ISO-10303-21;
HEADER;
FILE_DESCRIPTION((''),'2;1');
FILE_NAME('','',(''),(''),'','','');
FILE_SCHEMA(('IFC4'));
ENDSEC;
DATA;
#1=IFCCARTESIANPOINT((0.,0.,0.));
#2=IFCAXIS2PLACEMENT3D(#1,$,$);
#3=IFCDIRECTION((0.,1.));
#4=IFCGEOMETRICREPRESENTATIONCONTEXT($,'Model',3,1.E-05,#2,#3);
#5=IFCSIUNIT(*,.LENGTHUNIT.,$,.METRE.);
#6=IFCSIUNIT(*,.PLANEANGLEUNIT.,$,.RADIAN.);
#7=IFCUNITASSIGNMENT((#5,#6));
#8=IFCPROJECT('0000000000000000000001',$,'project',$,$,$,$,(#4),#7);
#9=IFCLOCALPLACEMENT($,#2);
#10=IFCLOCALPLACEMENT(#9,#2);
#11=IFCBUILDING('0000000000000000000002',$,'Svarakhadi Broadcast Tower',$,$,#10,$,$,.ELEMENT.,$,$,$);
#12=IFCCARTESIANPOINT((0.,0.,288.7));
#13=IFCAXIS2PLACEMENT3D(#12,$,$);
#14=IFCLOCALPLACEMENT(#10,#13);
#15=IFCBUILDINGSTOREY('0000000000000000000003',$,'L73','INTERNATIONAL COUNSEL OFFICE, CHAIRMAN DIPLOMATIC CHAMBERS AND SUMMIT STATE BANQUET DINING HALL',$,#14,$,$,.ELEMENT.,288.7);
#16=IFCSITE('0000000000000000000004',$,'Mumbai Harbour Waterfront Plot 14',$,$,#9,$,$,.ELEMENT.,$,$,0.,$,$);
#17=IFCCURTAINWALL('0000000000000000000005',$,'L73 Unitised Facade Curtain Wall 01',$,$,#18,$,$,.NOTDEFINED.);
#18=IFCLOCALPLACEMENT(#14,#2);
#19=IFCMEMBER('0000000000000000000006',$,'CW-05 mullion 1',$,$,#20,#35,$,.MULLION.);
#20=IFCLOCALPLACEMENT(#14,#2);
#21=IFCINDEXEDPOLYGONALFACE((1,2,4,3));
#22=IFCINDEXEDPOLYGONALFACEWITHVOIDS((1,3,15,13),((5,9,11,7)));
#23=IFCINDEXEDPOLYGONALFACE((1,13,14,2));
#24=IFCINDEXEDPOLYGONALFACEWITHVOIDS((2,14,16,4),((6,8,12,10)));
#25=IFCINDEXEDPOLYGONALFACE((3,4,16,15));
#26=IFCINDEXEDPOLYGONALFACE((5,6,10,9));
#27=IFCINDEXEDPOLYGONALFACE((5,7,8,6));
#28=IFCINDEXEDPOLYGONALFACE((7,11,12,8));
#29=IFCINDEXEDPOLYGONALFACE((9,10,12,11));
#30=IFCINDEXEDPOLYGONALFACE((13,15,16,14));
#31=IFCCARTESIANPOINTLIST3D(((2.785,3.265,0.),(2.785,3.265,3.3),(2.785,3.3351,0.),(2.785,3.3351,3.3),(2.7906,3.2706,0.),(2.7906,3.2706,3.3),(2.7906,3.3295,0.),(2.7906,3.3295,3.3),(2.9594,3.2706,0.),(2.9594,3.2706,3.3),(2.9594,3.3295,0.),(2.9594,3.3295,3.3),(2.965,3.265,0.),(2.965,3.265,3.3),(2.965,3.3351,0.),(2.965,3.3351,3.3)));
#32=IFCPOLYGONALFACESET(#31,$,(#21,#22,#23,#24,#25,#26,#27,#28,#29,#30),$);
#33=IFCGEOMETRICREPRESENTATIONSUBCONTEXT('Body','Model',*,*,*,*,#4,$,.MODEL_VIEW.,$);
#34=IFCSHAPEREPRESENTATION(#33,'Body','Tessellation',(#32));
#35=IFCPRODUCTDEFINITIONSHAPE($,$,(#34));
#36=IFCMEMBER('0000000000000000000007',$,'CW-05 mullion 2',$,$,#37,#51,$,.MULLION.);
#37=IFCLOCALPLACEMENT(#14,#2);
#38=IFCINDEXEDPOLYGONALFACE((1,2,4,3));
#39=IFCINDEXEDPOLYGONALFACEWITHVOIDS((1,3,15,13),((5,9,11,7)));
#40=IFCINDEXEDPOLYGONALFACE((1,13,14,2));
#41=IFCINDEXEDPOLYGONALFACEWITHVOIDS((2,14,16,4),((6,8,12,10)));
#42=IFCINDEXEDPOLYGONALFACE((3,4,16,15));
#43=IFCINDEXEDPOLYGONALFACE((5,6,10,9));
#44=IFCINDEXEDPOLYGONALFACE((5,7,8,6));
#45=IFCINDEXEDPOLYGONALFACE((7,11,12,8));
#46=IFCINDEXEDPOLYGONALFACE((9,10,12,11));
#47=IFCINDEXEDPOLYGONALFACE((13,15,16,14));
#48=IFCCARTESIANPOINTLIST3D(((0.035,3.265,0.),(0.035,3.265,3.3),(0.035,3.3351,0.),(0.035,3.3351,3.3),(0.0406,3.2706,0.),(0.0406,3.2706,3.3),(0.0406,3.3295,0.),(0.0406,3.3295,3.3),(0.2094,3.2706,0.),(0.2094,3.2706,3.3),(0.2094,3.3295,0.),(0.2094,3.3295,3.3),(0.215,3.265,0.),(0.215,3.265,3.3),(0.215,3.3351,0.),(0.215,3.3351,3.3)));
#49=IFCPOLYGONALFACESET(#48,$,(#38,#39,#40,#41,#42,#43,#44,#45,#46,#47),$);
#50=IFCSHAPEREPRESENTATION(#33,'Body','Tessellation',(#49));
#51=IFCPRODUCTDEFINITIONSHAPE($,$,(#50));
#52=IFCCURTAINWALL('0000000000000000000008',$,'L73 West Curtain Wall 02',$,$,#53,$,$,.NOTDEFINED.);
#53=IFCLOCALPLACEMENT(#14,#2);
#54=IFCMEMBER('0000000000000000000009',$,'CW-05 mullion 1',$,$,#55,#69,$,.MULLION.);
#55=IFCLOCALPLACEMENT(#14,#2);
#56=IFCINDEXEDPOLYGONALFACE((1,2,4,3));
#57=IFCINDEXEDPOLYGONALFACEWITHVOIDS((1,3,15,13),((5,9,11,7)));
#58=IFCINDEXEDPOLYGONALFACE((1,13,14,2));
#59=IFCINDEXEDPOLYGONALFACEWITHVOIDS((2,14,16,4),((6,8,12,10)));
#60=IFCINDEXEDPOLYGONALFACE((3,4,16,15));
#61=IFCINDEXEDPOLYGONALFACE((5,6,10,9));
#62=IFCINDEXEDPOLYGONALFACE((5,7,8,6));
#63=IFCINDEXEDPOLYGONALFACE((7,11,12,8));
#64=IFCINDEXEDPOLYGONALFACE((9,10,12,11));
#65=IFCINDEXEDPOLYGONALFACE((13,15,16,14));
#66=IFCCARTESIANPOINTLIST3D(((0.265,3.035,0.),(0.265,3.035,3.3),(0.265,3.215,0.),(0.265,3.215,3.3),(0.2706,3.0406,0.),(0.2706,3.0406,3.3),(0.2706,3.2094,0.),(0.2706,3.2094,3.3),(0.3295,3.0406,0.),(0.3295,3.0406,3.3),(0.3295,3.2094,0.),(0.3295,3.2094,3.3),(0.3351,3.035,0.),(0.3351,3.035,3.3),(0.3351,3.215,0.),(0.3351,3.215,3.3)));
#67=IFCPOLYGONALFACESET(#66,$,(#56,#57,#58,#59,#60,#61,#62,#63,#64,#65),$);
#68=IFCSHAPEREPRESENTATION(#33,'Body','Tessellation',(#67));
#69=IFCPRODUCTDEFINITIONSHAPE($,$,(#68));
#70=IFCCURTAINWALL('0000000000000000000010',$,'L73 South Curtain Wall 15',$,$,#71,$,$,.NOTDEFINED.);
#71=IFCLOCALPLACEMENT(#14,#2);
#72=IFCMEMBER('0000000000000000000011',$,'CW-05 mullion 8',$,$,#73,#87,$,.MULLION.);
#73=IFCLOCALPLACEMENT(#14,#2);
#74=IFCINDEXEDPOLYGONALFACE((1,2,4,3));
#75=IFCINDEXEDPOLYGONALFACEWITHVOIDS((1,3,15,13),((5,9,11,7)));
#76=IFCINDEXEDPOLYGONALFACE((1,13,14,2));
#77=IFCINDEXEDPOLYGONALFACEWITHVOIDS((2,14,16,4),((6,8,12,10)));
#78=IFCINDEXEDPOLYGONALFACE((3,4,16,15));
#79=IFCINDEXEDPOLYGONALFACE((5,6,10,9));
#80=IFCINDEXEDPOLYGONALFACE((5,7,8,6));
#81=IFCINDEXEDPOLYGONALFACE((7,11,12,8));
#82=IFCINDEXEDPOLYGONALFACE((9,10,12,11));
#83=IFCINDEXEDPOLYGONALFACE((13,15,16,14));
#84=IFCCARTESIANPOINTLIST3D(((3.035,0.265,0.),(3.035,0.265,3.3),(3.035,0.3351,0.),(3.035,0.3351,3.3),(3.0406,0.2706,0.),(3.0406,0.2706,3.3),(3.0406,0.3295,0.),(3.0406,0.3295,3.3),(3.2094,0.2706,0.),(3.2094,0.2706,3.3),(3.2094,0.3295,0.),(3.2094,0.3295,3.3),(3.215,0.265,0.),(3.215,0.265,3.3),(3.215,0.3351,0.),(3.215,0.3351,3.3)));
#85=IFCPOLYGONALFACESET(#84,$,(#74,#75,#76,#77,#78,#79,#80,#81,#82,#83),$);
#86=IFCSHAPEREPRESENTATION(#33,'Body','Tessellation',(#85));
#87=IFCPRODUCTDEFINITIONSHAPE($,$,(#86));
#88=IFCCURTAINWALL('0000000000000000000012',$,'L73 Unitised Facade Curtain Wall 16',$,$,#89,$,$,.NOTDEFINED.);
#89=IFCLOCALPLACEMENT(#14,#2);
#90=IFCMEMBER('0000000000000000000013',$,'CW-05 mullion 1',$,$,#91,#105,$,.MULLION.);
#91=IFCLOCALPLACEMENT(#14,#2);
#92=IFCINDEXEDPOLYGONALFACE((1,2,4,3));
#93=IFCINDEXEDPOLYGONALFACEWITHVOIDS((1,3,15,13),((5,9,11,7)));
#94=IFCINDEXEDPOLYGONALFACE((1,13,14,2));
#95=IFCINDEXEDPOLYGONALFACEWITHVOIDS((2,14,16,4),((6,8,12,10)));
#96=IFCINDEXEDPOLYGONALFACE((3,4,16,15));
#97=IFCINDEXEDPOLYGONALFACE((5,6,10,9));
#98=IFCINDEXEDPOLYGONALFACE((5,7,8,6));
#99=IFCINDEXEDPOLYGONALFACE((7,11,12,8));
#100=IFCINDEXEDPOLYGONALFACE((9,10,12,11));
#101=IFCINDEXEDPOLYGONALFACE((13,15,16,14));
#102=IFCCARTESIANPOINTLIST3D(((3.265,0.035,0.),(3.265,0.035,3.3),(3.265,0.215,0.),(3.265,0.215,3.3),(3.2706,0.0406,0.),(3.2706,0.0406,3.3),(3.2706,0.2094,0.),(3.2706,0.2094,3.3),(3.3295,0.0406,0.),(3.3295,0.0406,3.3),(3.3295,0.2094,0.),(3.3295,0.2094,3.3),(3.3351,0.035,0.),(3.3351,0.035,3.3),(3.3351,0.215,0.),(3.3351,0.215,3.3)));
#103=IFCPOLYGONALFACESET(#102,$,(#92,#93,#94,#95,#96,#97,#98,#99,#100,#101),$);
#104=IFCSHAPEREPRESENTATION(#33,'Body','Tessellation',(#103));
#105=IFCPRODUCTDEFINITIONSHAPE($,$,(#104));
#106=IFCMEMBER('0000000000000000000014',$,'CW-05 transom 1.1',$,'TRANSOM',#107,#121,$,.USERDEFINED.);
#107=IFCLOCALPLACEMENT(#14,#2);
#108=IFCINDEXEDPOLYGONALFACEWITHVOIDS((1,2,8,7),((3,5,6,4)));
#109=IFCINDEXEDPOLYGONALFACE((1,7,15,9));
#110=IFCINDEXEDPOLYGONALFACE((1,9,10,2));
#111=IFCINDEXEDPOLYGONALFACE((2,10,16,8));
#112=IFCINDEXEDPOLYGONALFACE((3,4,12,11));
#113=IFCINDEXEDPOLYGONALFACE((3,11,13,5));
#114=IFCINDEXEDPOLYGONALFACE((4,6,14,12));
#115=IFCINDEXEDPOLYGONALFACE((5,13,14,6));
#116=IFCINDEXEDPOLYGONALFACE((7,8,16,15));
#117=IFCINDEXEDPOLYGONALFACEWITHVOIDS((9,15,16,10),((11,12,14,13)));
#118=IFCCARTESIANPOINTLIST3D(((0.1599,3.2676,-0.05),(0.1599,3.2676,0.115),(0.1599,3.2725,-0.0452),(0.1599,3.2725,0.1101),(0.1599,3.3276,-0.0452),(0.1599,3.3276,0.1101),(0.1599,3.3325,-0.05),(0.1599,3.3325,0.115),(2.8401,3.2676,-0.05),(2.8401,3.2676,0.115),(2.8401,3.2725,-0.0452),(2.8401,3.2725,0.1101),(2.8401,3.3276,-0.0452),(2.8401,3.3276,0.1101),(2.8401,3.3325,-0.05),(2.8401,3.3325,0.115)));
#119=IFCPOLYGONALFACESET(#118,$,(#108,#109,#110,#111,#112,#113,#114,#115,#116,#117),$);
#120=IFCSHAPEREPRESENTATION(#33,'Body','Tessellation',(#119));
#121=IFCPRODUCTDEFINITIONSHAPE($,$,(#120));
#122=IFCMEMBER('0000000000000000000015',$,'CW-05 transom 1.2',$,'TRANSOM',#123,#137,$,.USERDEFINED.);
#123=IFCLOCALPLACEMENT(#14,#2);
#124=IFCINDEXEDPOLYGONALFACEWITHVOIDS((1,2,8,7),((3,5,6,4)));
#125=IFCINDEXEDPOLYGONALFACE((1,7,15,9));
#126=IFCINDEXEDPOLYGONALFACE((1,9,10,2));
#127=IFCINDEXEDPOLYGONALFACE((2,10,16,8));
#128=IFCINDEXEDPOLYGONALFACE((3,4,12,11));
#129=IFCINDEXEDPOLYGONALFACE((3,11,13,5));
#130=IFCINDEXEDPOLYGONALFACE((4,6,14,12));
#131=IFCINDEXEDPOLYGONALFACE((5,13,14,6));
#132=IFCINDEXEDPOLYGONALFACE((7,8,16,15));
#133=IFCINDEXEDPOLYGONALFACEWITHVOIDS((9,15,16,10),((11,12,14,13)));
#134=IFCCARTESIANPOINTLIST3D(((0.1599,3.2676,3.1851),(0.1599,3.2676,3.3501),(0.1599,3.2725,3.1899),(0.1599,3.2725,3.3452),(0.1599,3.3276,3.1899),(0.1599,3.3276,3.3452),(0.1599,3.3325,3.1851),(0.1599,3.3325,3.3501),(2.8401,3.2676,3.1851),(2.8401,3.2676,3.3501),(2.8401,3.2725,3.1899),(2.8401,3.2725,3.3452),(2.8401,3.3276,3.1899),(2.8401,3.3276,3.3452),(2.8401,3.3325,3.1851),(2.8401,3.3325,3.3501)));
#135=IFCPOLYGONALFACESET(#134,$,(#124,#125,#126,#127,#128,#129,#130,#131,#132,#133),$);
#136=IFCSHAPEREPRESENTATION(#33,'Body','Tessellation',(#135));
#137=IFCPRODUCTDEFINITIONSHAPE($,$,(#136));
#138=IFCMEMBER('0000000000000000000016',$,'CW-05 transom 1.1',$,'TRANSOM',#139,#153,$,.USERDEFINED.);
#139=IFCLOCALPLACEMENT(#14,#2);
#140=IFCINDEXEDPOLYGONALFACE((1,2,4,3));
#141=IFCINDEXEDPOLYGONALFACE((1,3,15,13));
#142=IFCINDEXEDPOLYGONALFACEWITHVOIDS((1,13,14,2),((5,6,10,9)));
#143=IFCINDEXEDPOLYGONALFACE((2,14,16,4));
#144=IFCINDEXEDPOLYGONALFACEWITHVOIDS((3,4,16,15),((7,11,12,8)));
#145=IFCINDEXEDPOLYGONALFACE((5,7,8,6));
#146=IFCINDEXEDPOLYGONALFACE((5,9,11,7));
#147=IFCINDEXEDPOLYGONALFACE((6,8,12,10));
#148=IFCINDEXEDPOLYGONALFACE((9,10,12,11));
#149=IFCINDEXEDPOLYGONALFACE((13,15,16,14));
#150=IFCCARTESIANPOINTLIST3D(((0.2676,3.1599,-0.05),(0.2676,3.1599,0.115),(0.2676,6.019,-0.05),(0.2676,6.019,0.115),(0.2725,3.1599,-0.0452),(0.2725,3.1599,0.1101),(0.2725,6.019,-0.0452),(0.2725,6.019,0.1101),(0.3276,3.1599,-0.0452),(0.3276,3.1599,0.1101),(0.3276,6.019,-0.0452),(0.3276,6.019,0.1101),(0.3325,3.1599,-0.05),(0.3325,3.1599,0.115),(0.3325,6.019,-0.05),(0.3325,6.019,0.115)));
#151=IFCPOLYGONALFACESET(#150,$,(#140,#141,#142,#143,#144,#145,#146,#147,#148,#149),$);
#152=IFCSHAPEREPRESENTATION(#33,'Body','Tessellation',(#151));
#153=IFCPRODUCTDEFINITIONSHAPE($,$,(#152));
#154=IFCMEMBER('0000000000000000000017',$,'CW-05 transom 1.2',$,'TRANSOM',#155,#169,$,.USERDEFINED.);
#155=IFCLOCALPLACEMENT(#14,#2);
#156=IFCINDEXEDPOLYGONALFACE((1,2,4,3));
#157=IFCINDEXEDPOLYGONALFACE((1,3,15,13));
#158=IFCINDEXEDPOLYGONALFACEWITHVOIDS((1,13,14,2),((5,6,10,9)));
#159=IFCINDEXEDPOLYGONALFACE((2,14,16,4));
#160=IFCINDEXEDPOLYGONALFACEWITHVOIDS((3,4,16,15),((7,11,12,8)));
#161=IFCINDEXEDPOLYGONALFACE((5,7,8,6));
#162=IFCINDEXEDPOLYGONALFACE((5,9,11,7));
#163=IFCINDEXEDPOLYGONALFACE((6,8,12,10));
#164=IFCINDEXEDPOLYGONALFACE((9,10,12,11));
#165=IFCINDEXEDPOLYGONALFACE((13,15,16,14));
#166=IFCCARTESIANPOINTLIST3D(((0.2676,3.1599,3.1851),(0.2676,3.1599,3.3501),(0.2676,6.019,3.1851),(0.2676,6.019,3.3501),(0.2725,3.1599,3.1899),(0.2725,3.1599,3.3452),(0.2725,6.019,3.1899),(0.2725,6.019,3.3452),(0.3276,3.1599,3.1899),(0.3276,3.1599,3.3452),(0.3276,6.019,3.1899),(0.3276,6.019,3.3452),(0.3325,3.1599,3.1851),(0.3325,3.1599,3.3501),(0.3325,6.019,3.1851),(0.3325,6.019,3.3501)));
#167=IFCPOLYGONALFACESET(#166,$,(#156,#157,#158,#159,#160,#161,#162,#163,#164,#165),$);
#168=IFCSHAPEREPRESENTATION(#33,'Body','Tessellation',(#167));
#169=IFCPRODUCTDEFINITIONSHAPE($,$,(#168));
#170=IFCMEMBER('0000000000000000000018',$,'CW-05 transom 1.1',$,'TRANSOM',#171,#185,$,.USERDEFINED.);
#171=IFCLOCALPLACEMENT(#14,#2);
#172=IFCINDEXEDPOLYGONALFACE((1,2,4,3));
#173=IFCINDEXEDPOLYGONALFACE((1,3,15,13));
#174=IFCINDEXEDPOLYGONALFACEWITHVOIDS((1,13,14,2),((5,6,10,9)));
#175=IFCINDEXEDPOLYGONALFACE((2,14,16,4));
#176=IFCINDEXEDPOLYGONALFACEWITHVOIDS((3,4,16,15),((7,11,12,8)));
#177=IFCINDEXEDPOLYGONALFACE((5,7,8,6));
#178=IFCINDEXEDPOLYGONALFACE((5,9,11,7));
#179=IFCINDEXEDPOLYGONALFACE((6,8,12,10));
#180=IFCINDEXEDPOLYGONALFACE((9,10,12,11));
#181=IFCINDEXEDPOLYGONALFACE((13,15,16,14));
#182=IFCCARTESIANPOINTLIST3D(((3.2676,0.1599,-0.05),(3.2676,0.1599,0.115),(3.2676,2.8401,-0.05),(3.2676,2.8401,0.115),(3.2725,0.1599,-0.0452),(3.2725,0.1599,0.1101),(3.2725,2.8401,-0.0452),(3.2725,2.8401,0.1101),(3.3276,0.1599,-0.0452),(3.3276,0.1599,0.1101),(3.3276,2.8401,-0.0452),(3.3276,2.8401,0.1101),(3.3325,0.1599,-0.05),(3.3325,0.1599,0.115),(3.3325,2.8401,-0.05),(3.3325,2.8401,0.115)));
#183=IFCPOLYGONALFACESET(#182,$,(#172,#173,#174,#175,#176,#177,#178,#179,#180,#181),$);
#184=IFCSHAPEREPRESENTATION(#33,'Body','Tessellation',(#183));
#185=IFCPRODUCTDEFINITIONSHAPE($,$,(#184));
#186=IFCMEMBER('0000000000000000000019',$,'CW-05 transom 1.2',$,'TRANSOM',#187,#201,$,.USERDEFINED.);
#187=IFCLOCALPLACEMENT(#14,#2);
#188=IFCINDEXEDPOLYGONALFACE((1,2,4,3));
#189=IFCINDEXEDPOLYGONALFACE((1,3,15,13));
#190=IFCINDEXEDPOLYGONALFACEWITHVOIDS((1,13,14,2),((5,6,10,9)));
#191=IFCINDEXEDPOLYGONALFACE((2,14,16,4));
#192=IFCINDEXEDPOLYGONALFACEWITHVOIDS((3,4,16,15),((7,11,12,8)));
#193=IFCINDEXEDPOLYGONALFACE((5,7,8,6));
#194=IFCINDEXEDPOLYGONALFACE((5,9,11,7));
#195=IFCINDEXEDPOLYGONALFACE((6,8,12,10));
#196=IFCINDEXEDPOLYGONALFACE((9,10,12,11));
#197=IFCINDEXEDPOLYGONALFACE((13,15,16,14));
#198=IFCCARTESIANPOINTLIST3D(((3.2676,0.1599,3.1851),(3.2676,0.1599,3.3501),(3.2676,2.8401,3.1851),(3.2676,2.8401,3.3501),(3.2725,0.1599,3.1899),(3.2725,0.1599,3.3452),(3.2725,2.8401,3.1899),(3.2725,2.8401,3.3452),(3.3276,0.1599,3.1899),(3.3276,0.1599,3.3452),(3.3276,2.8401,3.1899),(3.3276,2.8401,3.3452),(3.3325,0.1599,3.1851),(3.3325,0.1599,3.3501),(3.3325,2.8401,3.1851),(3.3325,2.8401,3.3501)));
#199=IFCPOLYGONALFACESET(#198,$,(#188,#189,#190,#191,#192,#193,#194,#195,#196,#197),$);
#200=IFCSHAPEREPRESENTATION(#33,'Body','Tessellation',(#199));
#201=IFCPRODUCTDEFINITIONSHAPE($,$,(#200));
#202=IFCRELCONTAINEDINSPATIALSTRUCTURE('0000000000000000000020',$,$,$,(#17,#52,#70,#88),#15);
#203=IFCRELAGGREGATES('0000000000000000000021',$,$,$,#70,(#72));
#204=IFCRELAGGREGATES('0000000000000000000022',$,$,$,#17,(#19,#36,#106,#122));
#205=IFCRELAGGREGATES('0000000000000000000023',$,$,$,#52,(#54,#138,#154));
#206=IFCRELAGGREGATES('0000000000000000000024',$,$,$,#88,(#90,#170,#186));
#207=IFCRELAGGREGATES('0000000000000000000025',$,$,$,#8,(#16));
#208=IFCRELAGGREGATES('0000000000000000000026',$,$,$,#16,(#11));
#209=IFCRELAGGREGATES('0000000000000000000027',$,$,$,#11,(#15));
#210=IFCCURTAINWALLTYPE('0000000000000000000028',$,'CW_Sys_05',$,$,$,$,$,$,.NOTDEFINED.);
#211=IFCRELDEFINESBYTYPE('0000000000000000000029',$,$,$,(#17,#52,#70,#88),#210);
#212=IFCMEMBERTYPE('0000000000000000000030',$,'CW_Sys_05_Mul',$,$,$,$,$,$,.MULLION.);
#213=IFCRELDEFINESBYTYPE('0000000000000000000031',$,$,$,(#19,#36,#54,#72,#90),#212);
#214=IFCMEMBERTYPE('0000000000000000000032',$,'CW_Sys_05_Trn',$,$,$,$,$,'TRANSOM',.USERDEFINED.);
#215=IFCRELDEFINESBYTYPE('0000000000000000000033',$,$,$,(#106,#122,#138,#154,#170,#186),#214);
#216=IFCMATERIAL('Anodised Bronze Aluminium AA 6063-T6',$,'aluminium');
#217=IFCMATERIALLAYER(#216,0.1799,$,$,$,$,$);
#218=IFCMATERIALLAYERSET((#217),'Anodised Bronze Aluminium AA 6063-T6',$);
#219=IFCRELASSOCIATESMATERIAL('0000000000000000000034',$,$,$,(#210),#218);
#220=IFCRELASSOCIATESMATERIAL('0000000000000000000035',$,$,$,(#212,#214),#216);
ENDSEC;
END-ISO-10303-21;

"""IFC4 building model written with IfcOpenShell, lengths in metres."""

from ifc_helpers import new_model, si_unit, direction, frame, origin, origin_2d, place, context, subcontext, project, spatial, hollow_rectangle, extrude, material, layer, layer_set, material_profile, profile_set, type_object, element, aggregate, save


model = new_model("IFC4")

# Units and contexts
model_context = context("Model", 3, precision=1e-05, world=origin(), true_north=direction((0.0, 1.0)))
body_context = subcontext(model_context, "Body", "Model", "MODEL_VIEW")
ifc_project = project(units=[si_unit("LENGTHUNIT", "METRE"), si_unit("PLANEANGLEUNIT", "RADIAN")], contexts=[model_context])

# Site, building, storey
site_placement = place(None, origin())
site = spatial("IfcSite", under=ifc_project, at=site_placement, Name="Mumbai Harbour Waterfront Plot 14", CompositionType="ELEMENT", RefElevation=0.0)
building_placement = place(site_placement, origin())
building = spatial("IfcBuilding", under=site, at=building_placement, Name="Svarakhadi Broadcast Tower", CompositionType="ELEMENT")
storey_placement = place(building_placement, frame((0.0, 0.0, 288.7)))
storey = spatial("IfcBuildingStorey", under=building, at=storey_placement, Name="L73", Description="INTERNATIONAL COUNSEL OFFICE, CHAIRMAN DIPLOMATIC CHAMBERS AND SUMMIT STATE BANQUET DINING HALL", CompositionType="ELEMENT", Elevation=288.7)

# Curtain wall, members
ifc_material_1 = material(Name="Anodised Bronze Aluminium AA 6063-T6", Category="aluminium")
ifc_layer_1 = layer(ifc_material_1, 0.1799)
ifc_layer_set_1 = layer_set([ifc_layer_1], Name="Anodised Bronze Aluminium AA 6063-T6")
curtain_wall_type = type_object("IfcCurtainWallType", Name="CW_Sys_05", PredefinedType="NOTDEFINED", material=ifc_layer_set_1)
curtain_wall_1_placement = place(storey_placement, origin())
curtain_wall_1 = element("IfcCurtainWall", 1, at=curtain_wall_1_placement, inside=storey, type_object=curtain_wall_type, Name="L73 Unitised Facade Curtain Wall 01", PredefinedType="NOTDEFINED")
ifc_material_profile_1 = material_profile(ifc_material_1, hollow_rectangle(XDim=0.0701, YDim=0.1799, WallThickness=0.0056, at=origin_2d()), Name="ALU MULLION 180x70x6")
ifc_profile_set_1 = profile_set([ifc_material_profile_1], Name="Anodised Bronze Aluminium AA 6063-T6")
member_type_1 = type_object("IfcMemberType", Name="CW_Sys_05_Mul", PredefinedType="MULLION", material=ifc_profile_set_1)
member_1_placement = place(storey_placement, frame((2.875, 3.3, 0.0), z_axis=(0.0, 0.0, 1.0), x_axis=(0.0, -1.0, 0.0)))
member_1 = element("IfcMember", 2, at=member_1_placement, type_object=member_type_1, Name="CW-05 mullion 1", PredefinedType="MULLION", context=body_context, shape_type="SweptSolid", body=[
    extrude(hollow_rectangle(XDim=0.0701, YDim=0.1799, WallThickness=0.0056, at=origin_2d()), origin(), (0.0, 0.0, 1.0), 3.3),
])
member_2_placement = place(storey_placement, frame((0.125, 3.3, 0.0), z_axis=(0.0, 0.0, 1.0), x_axis=(0.0, -1.0, 0.0)))
member_2 = element("IfcMember", 3, at=member_2_placement, type_object=member_type_1, Name="CW-05 mullion 2", PredefinedType="MULLION", context=body_context, shape_type="SweptSolid", body=[
    extrude(hollow_rectangle(XDim=0.0701, YDim=0.1799, WallThickness=0.0056, at=origin_2d()), origin(), (0.0, 0.0, 1.0), 3.3),
])

# Curtain walls, members
curtain_wall_2_placement = place(storey_placement, origin())
curtain_wall_2 = element("IfcCurtainWall", 4, at=curtain_wall_2_placement, inside=storey, type_object=curtain_wall_type, Name="L73 West Curtain Wall 02", PredefinedType="NOTDEFINED")
member_3_placement = place(storey_placement, frame((0.3, 3.125, 0.0), z_axis=(0.0, 0.0, 1.0), x_axis=(-1.0, 0.0, 0.0)))
member_3 = element("IfcMember", 5, at=member_3_placement, type_object=member_type_1, Name="CW-05 mullion 1", PredefinedType="MULLION", context=body_context, shape_type="SweptSolid", body=[
    extrude(hollow_rectangle(XDim=0.0701, YDim=0.1799, WallThickness=0.0056, at=origin_2d()), origin(), (0.0, 0.0, 1.0), 3.3),
])
curtain_wall_3_placement = place(storey_placement, origin())
curtain_wall_3 = element("IfcCurtainWall", 6, at=curtain_wall_3_placement, inside=storey, type_object=curtain_wall_type, Name="L73 South Curtain Wall 15", PredefinedType="NOTDEFINED")
member_4_placement = place(storey_placement, frame((3.125, 0.3, 0.0), z_axis=(0.0, 0.0, 1.0), x_axis=(0.0, -1.0, 0.0)))
member_4 = element("IfcMember", 7, at=member_4_placement, type_object=member_type_1, Name="CW-05 mullion 8", PredefinedType="MULLION", context=body_context, shape_type="SweptSolid", body=[
    extrude(hollow_rectangle(XDim=0.0701, YDim=0.1799, WallThickness=0.0056, at=origin_2d()), origin(), (0.0, 0.0, 1.0), 3.3),
])
aggregate(curtain_wall_3, [member_4])
curtain_wall_4_placement = place(storey_placement, origin())
curtain_wall_4 = element("IfcCurtainWall", 8, at=curtain_wall_4_placement, inside=storey, type_object=curtain_wall_type, Name="L73 Unitised Facade Curtain Wall 16", PredefinedType="NOTDEFINED")
member_5_placement = place(storey_placement, frame((3.3, 0.125, 0.0), z_axis=(0.0, 0.0, 1.0), x_axis=(-1.0, 0.0, 0.0)))
member_5 = element("IfcMember", 9, at=member_5_placement, type_object=member_type_1, Name="CW-05 mullion 1", PredefinedType="MULLION", context=body_context, shape_type="SweptSolid", body=[
    extrude(hollow_rectangle(XDim=0.0701, YDim=0.1799, WallThickness=0.0056, at=origin_2d()), origin(), (0.0, 0.0, 1.0), 3.3),
])

# Members
ifc_material_profile_2 = material_profile(ifc_material_1, hollow_rectangle(XDim=0.0649, YDim=0.165, WallThickness=0.0049, at=origin_2d()), Name="ALU TRANSOM 165x65x5")
ifc_profile_set_2 = profile_set([ifc_material_profile_2], Name="Anodised Bronze Aluminium AA 6063-T6")
member_type_2 = type_object("IfcMemberType", Name="CW_Sys_05_Trn", ElementType="TRANSOM", PredefinedType="USERDEFINED", material=ifc_profile_set_2)
member_6_placement = place(storey_placement, frame((2.8401, 3.3, 0.0325), z_axis=(-1.0, 0.0, 0.0), x_axis=(0.0, -1.0, 0.0)))
member_6 = element("IfcMember", 10, at=member_6_placement, type_object=member_type_2, Name="CW-05 transom 1.1", ObjectType="TRANSOM", PredefinedType="USERDEFINED", context=body_context, shape_type="SweptSolid", body=[
    extrude(hollow_rectangle(XDim=0.0649, YDim=0.165, WallThickness=0.0049, at=origin_2d()), origin(), (0.0, 0.0, 1.0), 2.6802),
])
member_7_placement = place(storey_placement, frame((2.8401, 3.3, 3.2676), z_axis=(-1.0, 0.0, 0.0), x_axis=(0.0, -1.0, 0.0)))
member_7 = element("IfcMember", 11, at=member_7_placement, type_object=member_type_2, Name="CW-05 transom 1.2", ObjectType="TRANSOM", PredefinedType="USERDEFINED", context=body_context, shape_type="SweptSolid", body=[
    extrude(hollow_rectangle(XDim=0.0649, YDim=0.165, WallThickness=0.0049, at=origin_2d()), origin(), (0.0, 0.0, 1.0), 2.6802),
])
member_8_placement = place(storey_placement, frame((0.3, 3.1599, 0.0325), z_axis=(0.0, 1.0, 0.0), x_axis=(-1.0, 0.0, 0.0)))
member_8 = element("IfcMember", 12, at=member_8_placement, type_object=member_type_2, Name="CW-05 transom 1.1", ObjectType="TRANSOM", PredefinedType="USERDEFINED", context=body_context, shape_type="SweptSolid", body=[
    extrude(hollow_rectangle(XDim=0.0649, YDim=0.165, WallThickness=0.0049, at=origin_2d()), origin(), (0.0, 0.0, 1.0), 2.8591),
])
member_9_placement = place(storey_placement, frame((0.3, 3.1599, 3.2676), z_axis=(0.0, 1.0, 0.0), x_axis=(-1.0, 0.0, 0.0)))
member_9 = element("IfcMember", 13, at=member_9_placement, type_object=member_type_2, Name="CW-05 transom 1.2", ObjectType="TRANSOM", PredefinedType="USERDEFINED", context=body_context, shape_type="SweptSolid", body=[
    extrude(hollow_rectangle(XDim=0.0649, YDim=0.165, WallThickness=0.0049, at=origin_2d()), origin(), (0.0, 0.0, 1.0), 2.8591),
])
member_10_placement = place(storey_placement, frame((3.3, 0.1599, 0.0325), z_axis=(0.0, 1.0, 0.0), x_axis=(-1.0, 0.0, 0.0)))
member_10 = element("IfcMember", 14, at=member_10_placement, type_object=member_type_2, Name="CW-05 transom 1.1", ObjectType="TRANSOM", PredefinedType="USERDEFINED", context=body_context, shape_type="SweptSolid", body=[
    extrude(hollow_rectangle(XDim=0.0649, YDim=0.165, WallThickness=0.0049, at=origin_2d()), origin(), (0.0, 0.0, 1.0), 2.6802),
])
member_11_placement = place(storey_placement, frame((3.3, 0.1599, 3.2676), z_axis=(0.0, 1.0, 0.0), x_axis=(-1.0, 0.0, 0.0)))
member_11 = element("IfcMember", 15, at=member_11_placement, type_object=member_type_2, Name="CW-05 transom 1.2", ObjectType="TRANSOM", PredefinedType="USERDEFINED", context=body_context, shape_type="SweptSolid", body=[
    extrude(hollow_rectangle(XDim=0.0649, YDim=0.165, WallThickness=0.0049, at=origin_2d()), origin(), (0.0, 0.0, 1.0), 2.6802),
])

aggregate(curtain_wall_1, [member_1, member_2, member_6, member_7])
aggregate(curtain_wall_2, [member_3, member_8, member_9])
aggregate(curtain_wall_4, [member_5, member_10, member_11])

save(model, "model.ifc")
